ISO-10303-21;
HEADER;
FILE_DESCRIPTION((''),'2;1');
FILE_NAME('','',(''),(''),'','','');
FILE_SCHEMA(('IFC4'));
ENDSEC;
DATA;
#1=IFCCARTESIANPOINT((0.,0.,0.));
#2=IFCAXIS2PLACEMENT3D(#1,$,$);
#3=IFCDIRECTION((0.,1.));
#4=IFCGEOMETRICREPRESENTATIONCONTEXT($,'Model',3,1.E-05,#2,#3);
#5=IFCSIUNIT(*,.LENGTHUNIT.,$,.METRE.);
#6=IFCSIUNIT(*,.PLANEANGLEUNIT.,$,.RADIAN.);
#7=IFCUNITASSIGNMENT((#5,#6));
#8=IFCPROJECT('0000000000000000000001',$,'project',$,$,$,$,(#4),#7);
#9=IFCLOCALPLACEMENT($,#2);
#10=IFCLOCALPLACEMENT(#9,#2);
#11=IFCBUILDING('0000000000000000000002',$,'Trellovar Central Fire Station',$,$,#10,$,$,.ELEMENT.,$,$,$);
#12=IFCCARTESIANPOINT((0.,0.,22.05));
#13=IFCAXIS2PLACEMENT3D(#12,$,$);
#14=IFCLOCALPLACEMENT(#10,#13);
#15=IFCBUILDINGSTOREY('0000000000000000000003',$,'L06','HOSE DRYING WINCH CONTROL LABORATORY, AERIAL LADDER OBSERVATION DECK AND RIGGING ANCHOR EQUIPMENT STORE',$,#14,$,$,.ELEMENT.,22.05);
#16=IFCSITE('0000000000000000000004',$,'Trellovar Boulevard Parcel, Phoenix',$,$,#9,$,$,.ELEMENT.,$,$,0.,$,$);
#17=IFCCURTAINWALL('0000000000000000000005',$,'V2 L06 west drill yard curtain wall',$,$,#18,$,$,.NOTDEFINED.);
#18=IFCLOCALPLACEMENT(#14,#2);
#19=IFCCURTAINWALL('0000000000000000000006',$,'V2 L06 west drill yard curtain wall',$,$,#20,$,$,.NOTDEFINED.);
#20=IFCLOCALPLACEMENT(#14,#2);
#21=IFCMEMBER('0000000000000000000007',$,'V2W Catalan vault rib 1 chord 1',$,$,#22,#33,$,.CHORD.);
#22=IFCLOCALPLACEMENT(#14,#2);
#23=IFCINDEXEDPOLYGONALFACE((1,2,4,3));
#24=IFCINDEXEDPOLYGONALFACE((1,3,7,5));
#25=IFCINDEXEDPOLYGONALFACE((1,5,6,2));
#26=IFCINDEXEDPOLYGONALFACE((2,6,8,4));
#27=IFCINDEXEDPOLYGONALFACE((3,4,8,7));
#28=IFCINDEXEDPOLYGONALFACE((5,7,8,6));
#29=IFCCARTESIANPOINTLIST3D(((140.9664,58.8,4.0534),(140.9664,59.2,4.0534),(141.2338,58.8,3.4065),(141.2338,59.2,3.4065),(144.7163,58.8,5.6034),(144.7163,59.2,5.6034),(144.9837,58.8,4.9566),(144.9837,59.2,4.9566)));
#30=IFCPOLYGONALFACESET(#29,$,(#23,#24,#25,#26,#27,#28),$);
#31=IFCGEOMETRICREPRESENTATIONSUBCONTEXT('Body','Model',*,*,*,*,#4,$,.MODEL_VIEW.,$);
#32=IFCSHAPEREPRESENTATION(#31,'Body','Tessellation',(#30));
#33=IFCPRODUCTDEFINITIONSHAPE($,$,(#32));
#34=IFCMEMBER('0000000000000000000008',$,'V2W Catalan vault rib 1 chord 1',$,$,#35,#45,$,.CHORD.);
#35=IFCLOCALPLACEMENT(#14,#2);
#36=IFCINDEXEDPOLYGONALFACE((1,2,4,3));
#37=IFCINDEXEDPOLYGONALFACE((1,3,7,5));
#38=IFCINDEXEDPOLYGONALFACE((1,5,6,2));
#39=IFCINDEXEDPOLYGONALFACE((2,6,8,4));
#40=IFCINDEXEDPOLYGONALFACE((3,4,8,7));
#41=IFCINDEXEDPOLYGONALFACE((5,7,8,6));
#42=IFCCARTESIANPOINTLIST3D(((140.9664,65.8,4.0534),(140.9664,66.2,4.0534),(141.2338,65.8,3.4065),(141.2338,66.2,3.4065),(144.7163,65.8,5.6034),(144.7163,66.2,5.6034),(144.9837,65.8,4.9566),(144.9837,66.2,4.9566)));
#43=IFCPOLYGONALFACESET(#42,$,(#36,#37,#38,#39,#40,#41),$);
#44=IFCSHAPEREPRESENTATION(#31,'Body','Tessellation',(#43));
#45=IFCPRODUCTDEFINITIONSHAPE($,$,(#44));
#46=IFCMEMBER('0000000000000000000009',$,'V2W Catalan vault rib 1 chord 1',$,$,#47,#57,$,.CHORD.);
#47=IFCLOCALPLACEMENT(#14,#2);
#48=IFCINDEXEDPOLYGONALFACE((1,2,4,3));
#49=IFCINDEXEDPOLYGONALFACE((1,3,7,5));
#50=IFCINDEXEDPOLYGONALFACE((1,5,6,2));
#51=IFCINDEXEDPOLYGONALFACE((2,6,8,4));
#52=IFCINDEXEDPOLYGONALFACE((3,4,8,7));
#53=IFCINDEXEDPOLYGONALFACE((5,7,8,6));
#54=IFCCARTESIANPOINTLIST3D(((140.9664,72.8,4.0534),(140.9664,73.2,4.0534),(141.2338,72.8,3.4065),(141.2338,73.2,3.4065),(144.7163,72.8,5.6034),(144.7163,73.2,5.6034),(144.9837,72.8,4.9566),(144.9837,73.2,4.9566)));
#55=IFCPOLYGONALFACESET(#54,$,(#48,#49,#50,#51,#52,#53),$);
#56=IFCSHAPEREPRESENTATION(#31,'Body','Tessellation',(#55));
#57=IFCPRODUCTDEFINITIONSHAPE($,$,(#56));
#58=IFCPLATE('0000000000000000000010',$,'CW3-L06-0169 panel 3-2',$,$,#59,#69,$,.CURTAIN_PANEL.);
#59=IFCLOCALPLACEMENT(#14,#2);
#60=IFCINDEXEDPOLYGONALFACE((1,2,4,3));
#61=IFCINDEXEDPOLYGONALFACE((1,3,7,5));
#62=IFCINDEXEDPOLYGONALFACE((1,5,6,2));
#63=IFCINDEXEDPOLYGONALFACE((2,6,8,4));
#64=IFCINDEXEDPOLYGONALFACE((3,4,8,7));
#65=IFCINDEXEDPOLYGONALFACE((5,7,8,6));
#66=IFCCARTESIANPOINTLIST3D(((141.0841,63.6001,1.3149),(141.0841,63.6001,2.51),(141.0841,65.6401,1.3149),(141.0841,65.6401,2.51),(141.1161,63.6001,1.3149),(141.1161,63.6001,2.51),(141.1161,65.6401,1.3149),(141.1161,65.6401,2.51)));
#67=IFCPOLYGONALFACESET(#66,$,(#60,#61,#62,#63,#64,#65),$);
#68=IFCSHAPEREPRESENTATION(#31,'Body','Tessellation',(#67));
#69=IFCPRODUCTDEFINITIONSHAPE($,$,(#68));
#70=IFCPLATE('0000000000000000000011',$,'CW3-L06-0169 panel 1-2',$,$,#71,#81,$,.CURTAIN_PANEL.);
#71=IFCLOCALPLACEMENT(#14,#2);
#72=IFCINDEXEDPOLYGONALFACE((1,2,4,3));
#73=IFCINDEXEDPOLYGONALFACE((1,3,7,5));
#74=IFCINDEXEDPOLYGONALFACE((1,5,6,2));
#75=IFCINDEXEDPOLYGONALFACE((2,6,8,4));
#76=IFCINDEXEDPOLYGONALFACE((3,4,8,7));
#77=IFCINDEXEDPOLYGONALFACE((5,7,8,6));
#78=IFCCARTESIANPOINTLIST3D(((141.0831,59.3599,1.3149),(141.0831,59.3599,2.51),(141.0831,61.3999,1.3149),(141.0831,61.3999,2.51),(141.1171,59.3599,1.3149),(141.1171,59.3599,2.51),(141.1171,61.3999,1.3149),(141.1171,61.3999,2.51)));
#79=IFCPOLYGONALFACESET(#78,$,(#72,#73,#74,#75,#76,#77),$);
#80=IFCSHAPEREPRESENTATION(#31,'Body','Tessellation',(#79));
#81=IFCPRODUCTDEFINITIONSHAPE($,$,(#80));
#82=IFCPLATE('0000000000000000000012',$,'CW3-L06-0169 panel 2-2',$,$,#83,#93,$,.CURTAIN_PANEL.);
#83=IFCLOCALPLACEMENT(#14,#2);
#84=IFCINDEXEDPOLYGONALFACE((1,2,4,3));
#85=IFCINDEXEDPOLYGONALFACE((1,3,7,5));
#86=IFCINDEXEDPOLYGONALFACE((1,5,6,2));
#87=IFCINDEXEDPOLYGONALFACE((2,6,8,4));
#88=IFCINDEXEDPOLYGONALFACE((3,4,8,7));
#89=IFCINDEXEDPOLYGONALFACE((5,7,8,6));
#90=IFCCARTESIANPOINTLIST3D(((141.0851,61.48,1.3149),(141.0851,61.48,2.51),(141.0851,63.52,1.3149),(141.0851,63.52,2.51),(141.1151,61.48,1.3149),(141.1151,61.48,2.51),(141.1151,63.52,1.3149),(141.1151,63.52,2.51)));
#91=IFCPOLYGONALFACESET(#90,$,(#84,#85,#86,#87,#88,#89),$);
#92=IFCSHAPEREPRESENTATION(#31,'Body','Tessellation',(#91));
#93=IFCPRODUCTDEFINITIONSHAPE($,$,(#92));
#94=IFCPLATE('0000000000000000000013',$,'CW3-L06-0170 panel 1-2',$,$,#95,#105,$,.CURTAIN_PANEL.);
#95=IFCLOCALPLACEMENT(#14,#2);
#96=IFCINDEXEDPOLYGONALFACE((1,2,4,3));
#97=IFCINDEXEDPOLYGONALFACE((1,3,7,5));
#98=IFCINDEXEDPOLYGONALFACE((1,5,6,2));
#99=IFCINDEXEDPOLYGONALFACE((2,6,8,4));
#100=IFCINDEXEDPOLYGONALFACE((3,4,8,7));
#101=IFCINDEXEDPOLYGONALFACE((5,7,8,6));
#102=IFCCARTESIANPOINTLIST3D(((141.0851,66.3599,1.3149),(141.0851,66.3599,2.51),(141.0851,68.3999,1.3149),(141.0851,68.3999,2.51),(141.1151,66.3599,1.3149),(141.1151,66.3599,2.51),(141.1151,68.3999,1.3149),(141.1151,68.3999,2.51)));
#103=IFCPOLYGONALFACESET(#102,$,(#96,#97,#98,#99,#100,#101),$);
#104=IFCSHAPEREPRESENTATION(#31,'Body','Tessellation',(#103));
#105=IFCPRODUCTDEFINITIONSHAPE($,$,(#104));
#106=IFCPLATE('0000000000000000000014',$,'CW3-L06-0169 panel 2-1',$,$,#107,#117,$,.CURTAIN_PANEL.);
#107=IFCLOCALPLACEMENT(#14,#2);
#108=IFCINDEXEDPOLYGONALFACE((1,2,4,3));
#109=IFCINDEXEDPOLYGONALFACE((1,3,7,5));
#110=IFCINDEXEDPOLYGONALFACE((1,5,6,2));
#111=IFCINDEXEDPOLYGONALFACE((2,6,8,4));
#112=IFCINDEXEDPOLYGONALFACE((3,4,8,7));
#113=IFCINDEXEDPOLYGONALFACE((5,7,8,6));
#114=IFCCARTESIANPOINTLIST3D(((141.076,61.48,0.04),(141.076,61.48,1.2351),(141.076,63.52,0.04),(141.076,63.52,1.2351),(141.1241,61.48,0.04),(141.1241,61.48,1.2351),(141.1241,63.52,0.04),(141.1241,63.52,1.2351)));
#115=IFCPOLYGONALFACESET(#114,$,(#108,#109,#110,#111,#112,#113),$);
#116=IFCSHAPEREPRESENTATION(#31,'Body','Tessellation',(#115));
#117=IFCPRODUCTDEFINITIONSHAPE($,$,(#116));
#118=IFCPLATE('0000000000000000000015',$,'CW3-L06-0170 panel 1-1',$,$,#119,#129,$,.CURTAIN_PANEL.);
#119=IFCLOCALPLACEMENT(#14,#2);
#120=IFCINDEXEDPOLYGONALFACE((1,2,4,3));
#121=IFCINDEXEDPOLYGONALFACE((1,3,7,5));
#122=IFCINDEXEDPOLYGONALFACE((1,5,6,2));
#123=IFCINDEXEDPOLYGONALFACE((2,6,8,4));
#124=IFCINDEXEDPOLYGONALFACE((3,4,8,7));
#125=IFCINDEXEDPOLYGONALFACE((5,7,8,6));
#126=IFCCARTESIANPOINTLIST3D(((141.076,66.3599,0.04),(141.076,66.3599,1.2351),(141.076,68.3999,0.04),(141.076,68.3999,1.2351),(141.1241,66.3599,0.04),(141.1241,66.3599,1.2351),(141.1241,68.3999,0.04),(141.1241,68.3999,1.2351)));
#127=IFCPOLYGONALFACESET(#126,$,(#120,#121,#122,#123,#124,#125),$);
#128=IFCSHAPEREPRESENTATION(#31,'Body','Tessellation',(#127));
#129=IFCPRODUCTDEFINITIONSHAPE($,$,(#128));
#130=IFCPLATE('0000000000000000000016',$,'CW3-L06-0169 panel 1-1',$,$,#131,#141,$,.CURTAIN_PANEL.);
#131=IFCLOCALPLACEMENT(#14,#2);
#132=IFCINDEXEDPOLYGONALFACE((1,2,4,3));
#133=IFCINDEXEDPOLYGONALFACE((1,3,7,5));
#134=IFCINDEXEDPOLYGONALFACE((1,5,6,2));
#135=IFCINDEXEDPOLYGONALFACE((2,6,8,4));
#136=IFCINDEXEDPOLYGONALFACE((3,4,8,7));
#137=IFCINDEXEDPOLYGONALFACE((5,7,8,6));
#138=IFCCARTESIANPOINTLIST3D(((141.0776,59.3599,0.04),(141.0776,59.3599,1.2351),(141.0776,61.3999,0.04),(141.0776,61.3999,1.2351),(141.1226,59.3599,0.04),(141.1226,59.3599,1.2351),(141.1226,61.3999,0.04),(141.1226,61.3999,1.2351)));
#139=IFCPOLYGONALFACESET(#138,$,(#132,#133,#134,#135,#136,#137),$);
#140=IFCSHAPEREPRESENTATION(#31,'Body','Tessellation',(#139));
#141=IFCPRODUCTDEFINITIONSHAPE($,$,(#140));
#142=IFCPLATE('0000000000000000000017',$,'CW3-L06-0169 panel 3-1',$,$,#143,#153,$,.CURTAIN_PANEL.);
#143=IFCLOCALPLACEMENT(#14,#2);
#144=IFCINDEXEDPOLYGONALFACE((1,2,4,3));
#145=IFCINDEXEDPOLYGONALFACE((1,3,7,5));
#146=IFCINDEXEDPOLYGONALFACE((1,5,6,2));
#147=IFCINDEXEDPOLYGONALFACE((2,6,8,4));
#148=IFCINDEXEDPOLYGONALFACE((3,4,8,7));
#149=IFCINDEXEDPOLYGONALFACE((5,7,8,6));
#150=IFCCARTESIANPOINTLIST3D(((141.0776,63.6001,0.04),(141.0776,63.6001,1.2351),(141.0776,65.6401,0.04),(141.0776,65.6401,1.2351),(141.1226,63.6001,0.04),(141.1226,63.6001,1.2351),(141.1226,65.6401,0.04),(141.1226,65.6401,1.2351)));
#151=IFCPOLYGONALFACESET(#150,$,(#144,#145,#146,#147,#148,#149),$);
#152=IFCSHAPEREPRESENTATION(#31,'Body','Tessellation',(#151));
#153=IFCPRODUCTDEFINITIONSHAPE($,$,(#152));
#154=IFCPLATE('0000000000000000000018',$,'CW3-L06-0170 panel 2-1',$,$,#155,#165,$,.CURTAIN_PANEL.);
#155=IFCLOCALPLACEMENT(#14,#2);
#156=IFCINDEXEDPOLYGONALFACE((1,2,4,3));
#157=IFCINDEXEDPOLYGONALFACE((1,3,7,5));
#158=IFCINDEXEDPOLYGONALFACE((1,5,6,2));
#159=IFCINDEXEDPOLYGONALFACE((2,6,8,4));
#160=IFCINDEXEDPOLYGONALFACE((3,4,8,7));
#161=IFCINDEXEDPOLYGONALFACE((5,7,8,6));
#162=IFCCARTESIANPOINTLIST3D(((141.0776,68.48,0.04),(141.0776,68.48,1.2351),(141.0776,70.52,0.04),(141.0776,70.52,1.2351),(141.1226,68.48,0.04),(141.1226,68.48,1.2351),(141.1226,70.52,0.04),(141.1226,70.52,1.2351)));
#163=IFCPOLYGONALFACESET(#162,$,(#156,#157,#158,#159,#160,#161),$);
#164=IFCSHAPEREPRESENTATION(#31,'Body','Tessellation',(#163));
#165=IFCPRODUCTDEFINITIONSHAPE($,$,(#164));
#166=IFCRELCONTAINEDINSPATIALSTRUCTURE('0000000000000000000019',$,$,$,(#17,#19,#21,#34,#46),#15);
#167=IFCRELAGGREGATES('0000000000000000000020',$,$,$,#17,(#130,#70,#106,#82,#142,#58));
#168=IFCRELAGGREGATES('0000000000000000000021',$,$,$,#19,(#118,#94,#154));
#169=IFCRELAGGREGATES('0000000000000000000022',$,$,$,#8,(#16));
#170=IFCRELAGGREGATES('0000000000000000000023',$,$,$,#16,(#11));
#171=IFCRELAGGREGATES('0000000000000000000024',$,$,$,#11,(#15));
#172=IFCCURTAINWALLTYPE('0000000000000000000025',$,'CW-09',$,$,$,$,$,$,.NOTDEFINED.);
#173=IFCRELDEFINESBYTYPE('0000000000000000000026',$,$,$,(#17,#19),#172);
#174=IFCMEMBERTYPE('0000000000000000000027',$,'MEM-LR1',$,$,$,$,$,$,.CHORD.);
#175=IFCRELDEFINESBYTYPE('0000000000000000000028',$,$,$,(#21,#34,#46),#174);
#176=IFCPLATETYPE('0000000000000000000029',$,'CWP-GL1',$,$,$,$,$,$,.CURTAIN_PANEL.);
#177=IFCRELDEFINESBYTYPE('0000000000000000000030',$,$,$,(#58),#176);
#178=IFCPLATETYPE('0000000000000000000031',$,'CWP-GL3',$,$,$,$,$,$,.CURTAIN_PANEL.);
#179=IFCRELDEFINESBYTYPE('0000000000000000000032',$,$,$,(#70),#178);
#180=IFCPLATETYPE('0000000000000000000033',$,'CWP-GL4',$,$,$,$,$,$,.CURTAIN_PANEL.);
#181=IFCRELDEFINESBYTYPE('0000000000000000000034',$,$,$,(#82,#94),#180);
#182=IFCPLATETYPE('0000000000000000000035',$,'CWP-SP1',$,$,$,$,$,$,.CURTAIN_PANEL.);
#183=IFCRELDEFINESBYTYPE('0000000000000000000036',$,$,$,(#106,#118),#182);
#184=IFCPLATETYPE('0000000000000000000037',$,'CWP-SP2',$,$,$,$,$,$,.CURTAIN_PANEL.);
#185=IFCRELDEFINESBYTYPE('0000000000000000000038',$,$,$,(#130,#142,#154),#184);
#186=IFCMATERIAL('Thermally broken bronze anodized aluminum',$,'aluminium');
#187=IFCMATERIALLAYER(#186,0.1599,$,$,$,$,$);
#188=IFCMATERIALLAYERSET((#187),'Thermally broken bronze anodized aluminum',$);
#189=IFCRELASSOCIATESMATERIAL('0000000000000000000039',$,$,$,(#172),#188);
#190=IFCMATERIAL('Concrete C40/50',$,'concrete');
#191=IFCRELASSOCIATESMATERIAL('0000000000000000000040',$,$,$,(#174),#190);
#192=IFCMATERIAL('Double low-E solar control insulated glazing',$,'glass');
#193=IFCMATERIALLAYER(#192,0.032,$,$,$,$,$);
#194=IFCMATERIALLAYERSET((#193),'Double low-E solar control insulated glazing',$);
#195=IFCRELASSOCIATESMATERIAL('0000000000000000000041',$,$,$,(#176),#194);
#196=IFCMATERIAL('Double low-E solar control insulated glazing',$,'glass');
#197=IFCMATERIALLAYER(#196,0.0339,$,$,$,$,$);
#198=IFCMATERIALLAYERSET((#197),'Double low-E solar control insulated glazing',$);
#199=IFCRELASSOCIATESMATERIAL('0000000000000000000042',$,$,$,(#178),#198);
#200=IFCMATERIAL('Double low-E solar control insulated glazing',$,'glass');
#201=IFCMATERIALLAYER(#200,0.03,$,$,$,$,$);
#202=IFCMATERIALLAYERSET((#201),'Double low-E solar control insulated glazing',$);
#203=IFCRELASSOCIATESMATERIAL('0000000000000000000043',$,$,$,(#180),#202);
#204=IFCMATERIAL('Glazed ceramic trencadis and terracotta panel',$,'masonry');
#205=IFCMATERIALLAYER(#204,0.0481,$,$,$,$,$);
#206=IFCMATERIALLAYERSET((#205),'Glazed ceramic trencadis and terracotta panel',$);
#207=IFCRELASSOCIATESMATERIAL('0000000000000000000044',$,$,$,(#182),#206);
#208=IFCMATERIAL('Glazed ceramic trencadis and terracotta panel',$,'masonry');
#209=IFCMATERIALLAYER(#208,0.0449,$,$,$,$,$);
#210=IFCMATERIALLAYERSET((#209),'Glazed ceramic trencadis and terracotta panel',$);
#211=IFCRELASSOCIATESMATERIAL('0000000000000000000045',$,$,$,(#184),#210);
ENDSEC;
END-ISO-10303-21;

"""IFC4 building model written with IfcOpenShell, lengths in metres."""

from ifc_helpers import new_model, si_unit, direction, frame, origin, origin_2d, place, context, subcontext, project, spatial, rectangle, extrude, material, layer, layer_set, material_profile, profile_set, type_object, element, aggregate, save


model = new_model("IFC4")

# Units and contexts
model_context = context("Model", 3, precision=1e-05, world=origin(), true_north=direction((0.0, 1.0)))
body_context = subcontext(model_context, "Body", "Model", "MODEL_VIEW")
ifc_project = project(units=[si_unit("LENGTHUNIT", "METRE"), si_unit("PLANEANGLEUNIT", "RADIAN")], contexts=[model_context])

# Site, building, storey
site_placement = place(None, origin())
site = spatial("IfcSite", under=ifc_project, at=site_placement, Name="Trellovar Boulevard Parcel, Phoenix", CompositionType="ELEMENT", RefElevation=0.0)
building_placement = place(site_placement, origin())
building = spatial("IfcBuilding", under=site, at=building_placement, Name="Trellovar Central Fire Station", CompositionType="ELEMENT")
storey_placement = place(building_placement, frame((0.0, 0.0, 22.05)))
storey = spatial("IfcBuildingStorey", under=building, at=storey_placement, Name="L06", Description="HOSE DRYING WINCH CONTROL LABORATORY, AERIAL LADDER OBSERVATION DECK AND RIGGING ANCHOR EQUIPMENT STORE", CompositionType="ELEMENT", Elevation=22.05)

# Curtain walls
ifc_material_1 = material(Name="Thermally broken bronze anodized aluminum", Category="aluminium")
ifc_layer_1 = layer(ifc_material_1, 0.1599)
ifc_layer_set_1 = layer_set([ifc_layer_1], Name="Thermally broken bronze anodized aluminum")
curtain_wall_type = type_object("IfcCurtainWallType", Name="CW-09", PredefinedType="NOTDEFINED", material=ifc_layer_set_1)
curtain_wall_1_placement = place(storey_placement, origin())
curtain_wall_1 = element("IfcCurtainWall", 1, at=curtain_wall_1_placement, inside=storey, type_object=curtain_wall_type, Name="V2 L06 west drill yard curtain wall", PredefinedType="NOTDEFINED")
curtain_wall_2_placement = place(storey_placement, origin())
curtain_wall_2 = element("IfcCurtainWall", 2, at=curtain_wall_2_placement, inside=storey, type_object=curtain_wall_type, Name="V2 L06 west drill yard curtain wall", PredefinedType="NOTDEFINED")

# Members
ifc_material_2 = material(Name="Concrete C40/50", Category="concrete")
ifc_material_profile_1 = material_profile(ifc_material_2, rectangle(XDim=0.3999, YDim=0.7, at=origin_2d()), Name="RC400X700")
ifc_profile_set_1 = profile_set([ifc_material_profile_1], Name="Concrete C40/50")
member_type_1 = type_object("IfcMemberType", Name="MEM-LR1", PredefinedType="CHORD", material=ifc_profile_set_1)
for number, where, z_axis, x_axis, name in (
    (3, (141.1001, 59.0, 3.73), (0.924163, 0.0, 0.381999), (0.0, 1.0, 0.0), "V2W Catalan vault rib 1 chord 1"),
    (4, (141.1001, 66.0, 3.73), (0.924163, 0.0, 0.381999), (0.0, 1.0, 0.0), "V2W Catalan vault rib 1 chord 1"),
    (5, (141.1001, 73.0, 3.73), (0.924163, 0.0, 0.381999), (0.0, 1.0, 0.0), "V2W Catalan vault rib 1 chord 1"),
):
    element("IfcMember", number, at=place(storey_placement, frame(where, z_axis=z_axis, x_axis=x_axis)), inside=storey, type_object=member_type_1, Name=name, PredefinedType="CHORD", context=body_context, shape_type="SweptSolid", body=[
        extrude(rectangle(XDim=0.3999, YDim=0.7, at=origin_2d()), origin(), (0.0, 0.0, 1.0), 4.0576),
    ])

# Plates
ifc_material_3 = material(Name="Double low-E solar control insulated glazing", Category="glass")
ifc_layer_2 = layer(ifc_material_3, 0.032)
ifc_layer_set_2 = layer_set([ifc_layer_2], Name="Double low-E solar control insulated glazing")
plate_type_1 = type_object("IfcPlateType", Name="CWP-GL1", PredefinedType="CURTAIN_PANEL", material=ifc_layer_set_2)
plate_1_placement = place(storey_placement, frame((141.1001, 64.6201, 1.3149), z_axis=(0.0, 0.0, 1.0), x_axis=(0.0, 1.0, 0.0)))
plate_1 = element("IfcPlate", 6, at=plate_1_placement, type_object=plate_type_1, Name="CW3-L06-0169 panel 3-2", PredefinedType="CURTAIN_PANEL", context=body_context, shape_type="SweptSolid", body=[
    extrude(rectangle(XDim=2.04, YDim=0.032, at=origin_2d()), origin(), (0.0, 0.0, 1.0), 1.1951),
])
ifc_material_4 = material(Name="Double low-E solar control insulated glazing", Category="glass")
ifc_layer_3 = layer(ifc_material_4, 0.0339)
ifc_layer_set_3 = layer_set([ifc_layer_3], Name="Double low-E solar control insulated glazing")
plate_type_2 = type_object("IfcPlateType", Name="CWP-GL3", PredefinedType="CURTAIN_PANEL", material=ifc_layer_set_3)
plate_2_placement = place(storey_placement, frame((141.1001, 60.3799, 1.3149), z_axis=(0.0, 0.0, 1.0), x_axis=(0.0, 1.0, 0.0)))
plate_2 = element("IfcPlate", 7, at=plate_2_placement, type_object=plate_type_2, Name="CW3-L06-0169 panel 1-2", PredefinedType="CURTAIN_PANEL", context=body_context, shape_type="SweptSolid", body=[
    extrude(rectangle(XDim=2.04, YDim=0.0339, at=origin_2d()), origin(), (0.0, 0.0, 1.0), 1.1951),
])
ifc_material_5 = material(Name="Double low-E solar control insulated glazing", Category="glass")
ifc_layer_4 = layer(ifc_material_5, 0.03)
ifc_layer_set_4 = layer_set([ifc_layer_4], Name="Double low-E solar control insulated glazing")
plate_type_3 = type_object("IfcPlateType", Name="CWP-GL4", PredefinedType="CURTAIN_PANEL", material=ifc_layer_set_4)
plate_3_placement = place(storey_placement, frame((141.1001, 62.5, 1.3149), z_axis=(0.0, 0.0, 1.0), x_axis=(0.0, 1.0, 0.0)))
plate_3 = element("IfcPlate", 8, at=plate_3_placement, type_object=plate_type_3, Name="CW3-L06-0169 panel 2-2", PredefinedType="CURTAIN_PANEL", context=body_context, shape_type="SweptSolid", body=[
    extrude(rectangle(XDim=2.04, YDim=0.03, at=origin_2d()), origin(), (0.0, 0.0, 1.0), 1.1951),
])
plate_4_placement = place(storey_placement, frame((141.1001, 67.3799, 1.3149), z_axis=(0.0, 0.0, 1.0), x_axis=(0.0, 1.0, 0.0)))
plate_4 = element("IfcPlate", 9, at=plate_4_placement, type_object=plate_type_3, Name="CW3-L06-0170 panel 1-2", PredefinedType="CURTAIN_PANEL", context=body_context, shape_type="SweptSolid", body=[
    extrude(rectangle(XDim=2.04, YDim=0.03, at=origin_2d()), origin(), (0.0, 0.0, 1.0), 1.1951),
])
ifc_material_6 = material(Name="Glazed ceramic trencadis and terracotta panel", Category="masonry")
ifc_layer_5 = layer(ifc_material_6, 0.0481)
ifc_layer_set_5 = layer_set([ifc_layer_5], Name="Glazed ceramic trencadis and terracotta panel")
plate_type_4 = type_object("IfcPlateType", Name="CWP-SP1", PredefinedType="CURTAIN_PANEL", material=ifc_layer_set_5)
plate_5_placement = place(storey_placement, frame((141.1001, 62.5, 0.04), z_axis=(0.0, 0.0, 1.0), x_axis=(0.0, 1.0, 0.0)))
plate_5 = element("IfcPlate", 10, at=plate_5_placement, type_object=plate_type_4, Name="CW3-L06-0169 panel 2-1", PredefinedType="CURTAIN_PANEL", context=body_context, shape_type="SweptSolid", body=[
    extrude(rectangle(XDim=2.04, YDim=0.0481, at=origin_2d()), origin(), (0.0, 0.0, 1.0), 1.1951),
])
plate_6_placement = place(storey_placement, frame((141.1001, 67.3799, 0.04), z_axis=(0.0, 0.0, 1.0), x_axis=(0.0, 1.0, 0.0)))
plate_6 = element("IfcPlate", 11, at=plate_6_placement, type_object=plate_type_4, Name="CW3-L06-0170 panel 1-1", PredefinedType="CURTAIN_PANEL", context=body_context, shape_type="SweptSolid", body=[
    extrude(rectangle(XDim=2.04, YDim=0.0481, at=origin_2d()), origin(), (0.0, 0.0, 1.0), 1.1951),
])
ifc_material_7 = material(Name="Glazed ceramic trencadis and terracotta panel", Category="masonry")
ifc_layer_6 = layer(ifc_material_7, 0.0449)
ifc_layer_set_6 = layer_set([ifc_layer_6], Name="Glazed ceramic trencadis and terracotta panel")
plate_type_5 = type_object("IfcPlateType", Name="CWP-SP2", PredefinedType="CURTAIN_PANEL", material=ifc_layer_set_6)
plate_7_placement = place(storey_placement, frame((141.1001, 60.3799, 0.04), z_axis=(0.0, 0.0, 1.0), x_axis=(0.0, 1.0, 0.0)))
plate_7 = element("IfcPlate", 12, at=plate_7_placement, type_object=plate_type_5, Name="CW3-L06-0169 panel 1-1", PredefinedType="CURTAIN_PANEL", context=body_context, shape_type="SweptSolid", body=[
    extrude(rectangle(XDim=2.04, YDim=0.0449, at=origin_2d()), origin(), (0.0, 0.0, 1.0), 1.1951),
])
plate_8_placement = place(storey_placement, frame((141.1001, 64.6201, 0.04), z_axis=(0.0, 0.0, 1.0), x_axis=(0.0, 1.0, 0.0)))
plate_8 = element("IfcPlate", 13, at=plate_8_placement, type_object=plate_type_5, Name="CW3-L06-0169 panel 3-1", PredefinedType="CURTAIN_PANEL", context=body_context, shape_type="SweptSolid", body=[
    extrude(rectangle(XDim=2.04, YDim=0.0449, at=origin_2d()), origin(), (0.0, 0.0, 1.0), 1.1951),
])
aggregate(curtain_wall_1, [plate_7, plate_2, plate_5, plate_3, plate_8, plate_1])
plate_9_placement = place(storey_placement, frame((141.1001, 69.5, 0.04), z_axis=(0.0, 0.0, 1.0), x_axis=(0.0, 1.0, 0.0)))
plate_9 = element("IfcPlate", 14, at=plate_9_placement, type_object=plate_type_5, Name="CW3-L06-0170 panel 2-1", PredefinedType="CURTAIN_PANEL", context=body_context, shape_type="SweptSolid", body=[
    extrude(rectangle(XDim=2.04, YDim=0.0449, at=origin_2d()), origin(), (0.0, 0.0, 1.0), 1.1951),
])
aggregate(curtain_wall_2, [plate_6, plate_4, plate_9])

save(model, "model.ifc")
